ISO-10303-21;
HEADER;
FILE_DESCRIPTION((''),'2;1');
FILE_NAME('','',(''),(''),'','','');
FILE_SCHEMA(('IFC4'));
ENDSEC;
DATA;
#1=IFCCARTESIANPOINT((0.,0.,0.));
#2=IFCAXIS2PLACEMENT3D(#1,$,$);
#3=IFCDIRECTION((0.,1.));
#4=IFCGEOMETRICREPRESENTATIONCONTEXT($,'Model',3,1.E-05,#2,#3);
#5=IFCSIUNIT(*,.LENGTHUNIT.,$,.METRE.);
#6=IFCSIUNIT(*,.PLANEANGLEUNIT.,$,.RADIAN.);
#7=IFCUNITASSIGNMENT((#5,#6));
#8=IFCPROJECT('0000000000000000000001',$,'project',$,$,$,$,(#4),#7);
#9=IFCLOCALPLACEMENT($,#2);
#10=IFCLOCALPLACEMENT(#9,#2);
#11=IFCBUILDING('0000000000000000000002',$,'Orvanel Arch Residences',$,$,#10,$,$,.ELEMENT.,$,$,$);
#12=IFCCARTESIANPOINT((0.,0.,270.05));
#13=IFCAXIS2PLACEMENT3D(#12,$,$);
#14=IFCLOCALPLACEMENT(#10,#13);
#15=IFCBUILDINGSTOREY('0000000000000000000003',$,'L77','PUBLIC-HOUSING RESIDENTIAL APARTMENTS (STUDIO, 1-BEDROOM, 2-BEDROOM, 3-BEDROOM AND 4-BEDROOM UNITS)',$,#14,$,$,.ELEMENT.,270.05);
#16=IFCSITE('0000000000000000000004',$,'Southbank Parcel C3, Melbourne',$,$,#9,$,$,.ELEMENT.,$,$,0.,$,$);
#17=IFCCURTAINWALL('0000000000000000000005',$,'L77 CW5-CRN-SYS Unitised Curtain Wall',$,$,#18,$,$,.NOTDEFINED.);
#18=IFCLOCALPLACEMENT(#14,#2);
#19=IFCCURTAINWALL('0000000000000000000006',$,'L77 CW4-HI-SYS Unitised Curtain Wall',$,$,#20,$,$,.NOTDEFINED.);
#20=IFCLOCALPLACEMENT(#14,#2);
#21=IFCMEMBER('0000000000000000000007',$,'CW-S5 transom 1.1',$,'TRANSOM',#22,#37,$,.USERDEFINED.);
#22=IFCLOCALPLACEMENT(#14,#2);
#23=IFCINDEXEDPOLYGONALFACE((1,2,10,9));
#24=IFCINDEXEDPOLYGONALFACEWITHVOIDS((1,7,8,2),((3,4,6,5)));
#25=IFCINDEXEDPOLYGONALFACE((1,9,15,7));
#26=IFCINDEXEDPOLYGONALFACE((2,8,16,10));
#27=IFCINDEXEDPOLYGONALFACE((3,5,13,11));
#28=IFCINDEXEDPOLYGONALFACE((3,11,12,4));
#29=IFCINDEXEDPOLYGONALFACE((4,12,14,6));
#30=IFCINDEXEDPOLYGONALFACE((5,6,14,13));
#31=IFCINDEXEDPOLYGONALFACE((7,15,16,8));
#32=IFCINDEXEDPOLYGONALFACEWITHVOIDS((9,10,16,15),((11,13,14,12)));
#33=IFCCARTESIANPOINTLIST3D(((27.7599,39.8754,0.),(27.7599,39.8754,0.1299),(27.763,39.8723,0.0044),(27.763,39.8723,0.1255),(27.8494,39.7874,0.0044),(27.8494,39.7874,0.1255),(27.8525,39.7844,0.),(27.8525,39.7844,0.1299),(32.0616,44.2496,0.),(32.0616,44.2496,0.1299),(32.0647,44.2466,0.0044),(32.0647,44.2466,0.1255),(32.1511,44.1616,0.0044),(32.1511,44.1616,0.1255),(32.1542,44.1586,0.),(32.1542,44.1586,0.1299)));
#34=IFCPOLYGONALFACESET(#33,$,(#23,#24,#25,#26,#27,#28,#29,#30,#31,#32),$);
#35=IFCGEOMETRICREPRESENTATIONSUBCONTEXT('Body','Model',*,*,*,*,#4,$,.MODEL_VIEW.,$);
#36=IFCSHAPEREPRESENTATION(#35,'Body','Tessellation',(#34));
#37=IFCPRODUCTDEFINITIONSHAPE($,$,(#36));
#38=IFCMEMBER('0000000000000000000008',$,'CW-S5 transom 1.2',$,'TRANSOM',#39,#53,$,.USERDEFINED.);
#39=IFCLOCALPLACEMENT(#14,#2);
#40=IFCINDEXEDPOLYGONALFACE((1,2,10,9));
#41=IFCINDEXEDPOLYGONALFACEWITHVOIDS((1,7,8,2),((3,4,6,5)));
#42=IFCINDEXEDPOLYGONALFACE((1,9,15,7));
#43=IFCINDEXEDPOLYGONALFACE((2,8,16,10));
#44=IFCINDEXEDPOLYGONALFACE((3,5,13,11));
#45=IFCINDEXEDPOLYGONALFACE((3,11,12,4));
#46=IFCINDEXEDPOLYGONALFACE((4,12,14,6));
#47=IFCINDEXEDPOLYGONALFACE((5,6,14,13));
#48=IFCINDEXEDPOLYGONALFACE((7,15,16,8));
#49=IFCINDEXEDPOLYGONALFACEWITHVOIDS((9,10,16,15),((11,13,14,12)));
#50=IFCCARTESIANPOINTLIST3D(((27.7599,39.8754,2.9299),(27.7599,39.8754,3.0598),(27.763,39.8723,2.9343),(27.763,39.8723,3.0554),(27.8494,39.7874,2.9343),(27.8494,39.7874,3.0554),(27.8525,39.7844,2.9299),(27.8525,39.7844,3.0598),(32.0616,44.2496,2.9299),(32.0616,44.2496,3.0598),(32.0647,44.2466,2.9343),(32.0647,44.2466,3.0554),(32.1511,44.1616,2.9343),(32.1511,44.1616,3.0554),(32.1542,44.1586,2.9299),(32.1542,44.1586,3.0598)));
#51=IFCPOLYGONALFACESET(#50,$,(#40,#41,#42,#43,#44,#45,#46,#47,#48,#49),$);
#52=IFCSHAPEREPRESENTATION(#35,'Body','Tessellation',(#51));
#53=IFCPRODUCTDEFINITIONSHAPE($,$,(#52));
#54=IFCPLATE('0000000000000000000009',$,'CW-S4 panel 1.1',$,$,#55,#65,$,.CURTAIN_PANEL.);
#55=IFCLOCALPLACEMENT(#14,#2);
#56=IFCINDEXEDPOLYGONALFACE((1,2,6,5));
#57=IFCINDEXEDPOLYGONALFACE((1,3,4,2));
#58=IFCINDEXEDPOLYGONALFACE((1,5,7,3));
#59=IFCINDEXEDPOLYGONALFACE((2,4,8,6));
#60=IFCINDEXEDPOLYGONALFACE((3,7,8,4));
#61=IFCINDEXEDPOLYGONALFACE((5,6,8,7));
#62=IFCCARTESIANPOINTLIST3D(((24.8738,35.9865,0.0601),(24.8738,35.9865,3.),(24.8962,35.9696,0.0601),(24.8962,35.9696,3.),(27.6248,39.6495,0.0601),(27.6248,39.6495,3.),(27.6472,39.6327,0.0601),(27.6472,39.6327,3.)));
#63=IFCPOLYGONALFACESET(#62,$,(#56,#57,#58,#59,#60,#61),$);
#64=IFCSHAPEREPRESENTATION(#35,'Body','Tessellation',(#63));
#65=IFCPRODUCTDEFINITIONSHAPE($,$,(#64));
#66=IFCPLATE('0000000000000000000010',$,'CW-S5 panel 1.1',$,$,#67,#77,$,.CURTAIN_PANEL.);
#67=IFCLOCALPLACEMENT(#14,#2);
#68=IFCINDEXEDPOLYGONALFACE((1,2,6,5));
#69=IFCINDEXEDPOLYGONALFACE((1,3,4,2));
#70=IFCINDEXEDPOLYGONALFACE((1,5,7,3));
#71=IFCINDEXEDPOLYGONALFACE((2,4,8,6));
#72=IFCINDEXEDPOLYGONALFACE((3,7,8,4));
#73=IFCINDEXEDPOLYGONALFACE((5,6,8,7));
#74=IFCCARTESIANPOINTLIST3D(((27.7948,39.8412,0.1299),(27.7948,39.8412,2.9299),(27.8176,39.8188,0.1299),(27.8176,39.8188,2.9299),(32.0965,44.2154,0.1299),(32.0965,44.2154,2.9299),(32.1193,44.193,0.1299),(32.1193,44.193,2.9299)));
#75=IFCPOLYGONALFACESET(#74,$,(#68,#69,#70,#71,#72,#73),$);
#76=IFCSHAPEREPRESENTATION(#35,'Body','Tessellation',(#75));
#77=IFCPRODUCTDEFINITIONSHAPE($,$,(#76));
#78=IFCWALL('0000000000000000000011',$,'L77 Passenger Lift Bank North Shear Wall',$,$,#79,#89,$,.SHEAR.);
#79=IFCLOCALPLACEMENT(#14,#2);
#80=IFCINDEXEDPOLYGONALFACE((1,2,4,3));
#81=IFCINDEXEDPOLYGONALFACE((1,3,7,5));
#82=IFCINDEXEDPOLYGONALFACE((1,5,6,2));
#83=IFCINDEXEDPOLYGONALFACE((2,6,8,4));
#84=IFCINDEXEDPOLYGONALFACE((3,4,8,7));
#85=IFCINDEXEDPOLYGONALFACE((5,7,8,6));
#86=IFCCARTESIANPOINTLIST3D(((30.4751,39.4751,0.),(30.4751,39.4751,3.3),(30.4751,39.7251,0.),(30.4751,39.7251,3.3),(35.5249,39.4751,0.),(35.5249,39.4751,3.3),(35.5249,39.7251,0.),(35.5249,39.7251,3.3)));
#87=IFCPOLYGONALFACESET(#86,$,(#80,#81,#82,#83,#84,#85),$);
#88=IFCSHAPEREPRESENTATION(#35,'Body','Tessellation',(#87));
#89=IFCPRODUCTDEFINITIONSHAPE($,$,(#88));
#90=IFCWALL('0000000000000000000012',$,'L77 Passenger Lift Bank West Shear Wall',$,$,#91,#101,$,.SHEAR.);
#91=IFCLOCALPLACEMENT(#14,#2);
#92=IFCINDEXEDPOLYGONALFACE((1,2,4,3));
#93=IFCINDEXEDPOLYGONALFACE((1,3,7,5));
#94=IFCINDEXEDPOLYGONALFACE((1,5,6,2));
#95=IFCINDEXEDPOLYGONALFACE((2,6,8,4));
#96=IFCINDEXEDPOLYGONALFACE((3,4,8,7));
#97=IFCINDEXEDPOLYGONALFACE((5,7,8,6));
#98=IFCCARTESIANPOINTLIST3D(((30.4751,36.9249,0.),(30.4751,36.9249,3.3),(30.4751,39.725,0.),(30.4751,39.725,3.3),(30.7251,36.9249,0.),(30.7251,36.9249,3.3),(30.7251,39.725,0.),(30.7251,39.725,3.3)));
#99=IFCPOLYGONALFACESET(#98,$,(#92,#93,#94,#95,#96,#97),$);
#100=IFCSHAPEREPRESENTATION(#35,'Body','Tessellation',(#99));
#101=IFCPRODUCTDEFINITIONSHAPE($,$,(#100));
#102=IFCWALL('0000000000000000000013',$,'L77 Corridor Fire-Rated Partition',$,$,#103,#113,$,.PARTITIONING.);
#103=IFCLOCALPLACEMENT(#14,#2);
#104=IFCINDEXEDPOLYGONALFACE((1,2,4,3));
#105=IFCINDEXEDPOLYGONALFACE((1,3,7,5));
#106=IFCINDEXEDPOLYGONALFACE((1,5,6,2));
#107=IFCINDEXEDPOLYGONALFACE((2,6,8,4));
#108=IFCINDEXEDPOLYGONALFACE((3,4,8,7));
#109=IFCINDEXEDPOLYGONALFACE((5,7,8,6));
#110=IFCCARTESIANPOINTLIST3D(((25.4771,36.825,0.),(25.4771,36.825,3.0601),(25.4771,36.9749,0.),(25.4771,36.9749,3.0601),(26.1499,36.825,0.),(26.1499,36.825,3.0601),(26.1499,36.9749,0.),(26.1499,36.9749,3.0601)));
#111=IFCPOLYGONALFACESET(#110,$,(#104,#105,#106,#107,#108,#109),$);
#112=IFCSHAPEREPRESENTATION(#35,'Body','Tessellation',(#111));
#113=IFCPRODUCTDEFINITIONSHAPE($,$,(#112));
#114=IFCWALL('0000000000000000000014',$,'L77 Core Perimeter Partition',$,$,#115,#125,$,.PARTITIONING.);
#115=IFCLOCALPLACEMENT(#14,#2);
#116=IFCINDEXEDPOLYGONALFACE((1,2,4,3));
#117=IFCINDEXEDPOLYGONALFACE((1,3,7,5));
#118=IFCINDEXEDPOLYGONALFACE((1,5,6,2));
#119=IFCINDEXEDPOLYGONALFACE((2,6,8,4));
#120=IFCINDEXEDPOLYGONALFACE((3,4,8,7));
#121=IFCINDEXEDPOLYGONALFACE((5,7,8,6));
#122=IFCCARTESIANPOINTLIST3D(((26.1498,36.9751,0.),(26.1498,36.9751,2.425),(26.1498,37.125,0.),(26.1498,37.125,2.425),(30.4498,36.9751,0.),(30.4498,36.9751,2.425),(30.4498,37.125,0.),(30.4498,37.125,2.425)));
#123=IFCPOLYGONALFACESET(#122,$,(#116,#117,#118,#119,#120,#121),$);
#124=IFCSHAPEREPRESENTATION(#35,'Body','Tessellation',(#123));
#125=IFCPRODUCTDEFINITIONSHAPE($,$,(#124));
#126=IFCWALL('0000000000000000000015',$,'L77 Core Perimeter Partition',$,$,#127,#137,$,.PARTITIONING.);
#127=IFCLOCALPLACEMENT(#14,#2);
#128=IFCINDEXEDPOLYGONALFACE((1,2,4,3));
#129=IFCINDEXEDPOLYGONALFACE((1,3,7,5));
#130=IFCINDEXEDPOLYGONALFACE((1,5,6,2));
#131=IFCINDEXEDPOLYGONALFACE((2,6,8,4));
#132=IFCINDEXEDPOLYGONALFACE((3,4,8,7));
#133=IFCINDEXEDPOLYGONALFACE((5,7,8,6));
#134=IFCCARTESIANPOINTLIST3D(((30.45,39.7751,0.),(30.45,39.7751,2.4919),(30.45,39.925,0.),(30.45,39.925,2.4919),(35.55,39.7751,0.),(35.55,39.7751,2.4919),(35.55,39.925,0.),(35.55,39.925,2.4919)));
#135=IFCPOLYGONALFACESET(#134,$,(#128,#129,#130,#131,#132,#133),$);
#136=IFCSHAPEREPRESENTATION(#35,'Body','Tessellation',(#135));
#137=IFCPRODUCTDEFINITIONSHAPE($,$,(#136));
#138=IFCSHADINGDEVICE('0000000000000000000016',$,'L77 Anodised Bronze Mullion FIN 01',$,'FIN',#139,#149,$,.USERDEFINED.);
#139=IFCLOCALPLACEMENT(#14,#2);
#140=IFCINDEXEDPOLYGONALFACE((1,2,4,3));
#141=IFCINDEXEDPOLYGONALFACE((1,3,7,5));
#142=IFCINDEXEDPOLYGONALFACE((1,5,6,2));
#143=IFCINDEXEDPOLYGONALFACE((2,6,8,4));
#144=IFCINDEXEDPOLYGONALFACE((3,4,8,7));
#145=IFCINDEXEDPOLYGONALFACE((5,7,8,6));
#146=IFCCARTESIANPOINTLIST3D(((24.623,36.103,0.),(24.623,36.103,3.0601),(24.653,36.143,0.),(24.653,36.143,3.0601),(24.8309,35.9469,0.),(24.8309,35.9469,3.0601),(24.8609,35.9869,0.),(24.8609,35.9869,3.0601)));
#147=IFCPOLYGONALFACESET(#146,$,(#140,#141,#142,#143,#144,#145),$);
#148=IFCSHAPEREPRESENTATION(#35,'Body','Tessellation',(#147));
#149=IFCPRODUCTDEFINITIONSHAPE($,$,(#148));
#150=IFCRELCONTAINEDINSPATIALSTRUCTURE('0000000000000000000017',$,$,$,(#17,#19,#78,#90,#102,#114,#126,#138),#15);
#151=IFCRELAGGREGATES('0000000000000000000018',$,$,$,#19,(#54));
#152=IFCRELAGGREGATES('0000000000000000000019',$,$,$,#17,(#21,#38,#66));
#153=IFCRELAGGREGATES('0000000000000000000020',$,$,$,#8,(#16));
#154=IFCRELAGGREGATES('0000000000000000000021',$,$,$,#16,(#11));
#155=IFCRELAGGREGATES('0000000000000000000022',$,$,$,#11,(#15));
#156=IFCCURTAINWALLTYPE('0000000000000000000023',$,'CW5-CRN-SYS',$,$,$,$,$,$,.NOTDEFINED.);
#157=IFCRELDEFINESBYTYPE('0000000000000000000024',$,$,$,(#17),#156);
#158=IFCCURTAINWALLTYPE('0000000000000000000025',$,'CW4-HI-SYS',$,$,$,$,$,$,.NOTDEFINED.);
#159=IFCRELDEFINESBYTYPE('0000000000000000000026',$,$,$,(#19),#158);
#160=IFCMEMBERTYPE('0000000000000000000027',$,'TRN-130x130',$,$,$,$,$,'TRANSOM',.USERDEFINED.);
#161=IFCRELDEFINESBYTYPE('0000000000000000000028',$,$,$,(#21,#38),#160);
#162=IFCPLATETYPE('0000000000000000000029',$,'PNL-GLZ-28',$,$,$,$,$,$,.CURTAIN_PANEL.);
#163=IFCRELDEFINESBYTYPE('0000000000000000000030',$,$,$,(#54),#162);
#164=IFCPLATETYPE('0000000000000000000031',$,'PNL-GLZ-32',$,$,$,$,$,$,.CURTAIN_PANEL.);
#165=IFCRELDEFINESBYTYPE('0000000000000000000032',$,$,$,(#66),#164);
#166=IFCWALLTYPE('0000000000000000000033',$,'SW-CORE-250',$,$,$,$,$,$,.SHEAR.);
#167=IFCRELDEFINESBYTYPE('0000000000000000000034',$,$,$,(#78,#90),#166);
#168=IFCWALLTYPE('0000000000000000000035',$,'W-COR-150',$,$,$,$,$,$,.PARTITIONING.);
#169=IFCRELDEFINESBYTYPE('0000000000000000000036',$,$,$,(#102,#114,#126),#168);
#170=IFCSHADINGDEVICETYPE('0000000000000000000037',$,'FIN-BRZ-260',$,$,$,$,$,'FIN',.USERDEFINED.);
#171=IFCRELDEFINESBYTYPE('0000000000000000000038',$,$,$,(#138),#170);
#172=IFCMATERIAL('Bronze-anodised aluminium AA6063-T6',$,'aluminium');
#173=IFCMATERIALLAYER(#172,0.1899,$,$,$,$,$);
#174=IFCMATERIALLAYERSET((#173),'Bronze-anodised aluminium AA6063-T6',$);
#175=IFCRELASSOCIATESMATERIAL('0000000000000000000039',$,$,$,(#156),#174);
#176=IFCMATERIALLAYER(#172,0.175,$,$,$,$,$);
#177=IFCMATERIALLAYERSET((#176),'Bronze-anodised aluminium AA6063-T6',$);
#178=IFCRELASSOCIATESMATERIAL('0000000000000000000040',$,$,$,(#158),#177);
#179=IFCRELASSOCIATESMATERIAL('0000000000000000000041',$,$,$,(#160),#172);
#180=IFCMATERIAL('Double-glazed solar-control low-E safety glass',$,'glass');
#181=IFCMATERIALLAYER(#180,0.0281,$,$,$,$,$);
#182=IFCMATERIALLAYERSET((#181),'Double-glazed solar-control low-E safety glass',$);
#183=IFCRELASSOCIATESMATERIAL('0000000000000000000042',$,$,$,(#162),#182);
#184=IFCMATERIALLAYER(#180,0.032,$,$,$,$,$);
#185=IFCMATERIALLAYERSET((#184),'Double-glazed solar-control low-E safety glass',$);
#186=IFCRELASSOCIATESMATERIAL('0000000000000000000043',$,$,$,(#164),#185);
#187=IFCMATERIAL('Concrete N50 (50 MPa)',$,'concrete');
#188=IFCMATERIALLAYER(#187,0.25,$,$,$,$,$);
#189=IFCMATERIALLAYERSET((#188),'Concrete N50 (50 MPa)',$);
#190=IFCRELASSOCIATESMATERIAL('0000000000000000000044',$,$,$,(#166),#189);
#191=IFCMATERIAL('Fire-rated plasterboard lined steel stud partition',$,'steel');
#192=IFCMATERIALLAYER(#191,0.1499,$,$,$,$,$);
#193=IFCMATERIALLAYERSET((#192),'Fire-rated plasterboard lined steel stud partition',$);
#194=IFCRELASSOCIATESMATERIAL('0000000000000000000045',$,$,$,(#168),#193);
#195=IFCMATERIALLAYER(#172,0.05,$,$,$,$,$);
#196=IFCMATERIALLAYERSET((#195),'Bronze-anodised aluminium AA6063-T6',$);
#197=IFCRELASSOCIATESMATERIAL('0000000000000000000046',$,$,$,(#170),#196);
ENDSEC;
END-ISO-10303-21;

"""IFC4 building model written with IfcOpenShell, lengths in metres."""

from ifc_helpers import new_model, si_unit, direction, frame, frame_2d, origin, origin_2d, place, context, subcontext, project, spatial, rectangle, hollow_rectangle, extrude, material, layer, layer_set, material_profile, profile_set, type_object, element, aggregate, save


model = new_model("IFC4")

# Units and contexts
model_context = context("Model", 3, precision=1e-05, world=origin(), true_north=direction((0.0, 1.0)))
body_context = subcontext(model_context, "Body", "Model", "MODEL_VIEW")
ifc_project = project(units=[si_unit("LENGTHUNIT", "METRE"), si_unit("PLANEANGLEUNIT", "RADIAN")], contexts=[model_context])

# Site, building, storey
site_placement = place(None, origin())
site = spatial("IfcSite", under=ifc_project, at=site_placement, Name="Southbank Parcel C3, Melbourne", CompositionType="ELEMENT", RefElevation=0.0)
building_placement = place(site_placement, origin())
building = spatial("IfcBuilding", under=site, at=building_placement, Name="Orvanel Arch Residences", CompositionType="ELEMENT")
storey_placement = place(building_placement, frame((0.0, 0.0, 270.05)))
storey = spatial("IfcBuildingStorey", under=building, at=storey_placement, Name="L77", Description="PUBLIC-HOUSING RESIDENTIAL APARTMENTS (STUDIO, 1-BEDROOM, 2-BEDROOM, 3-BEDROOM AND 4-BEDROOM UNITS)", CompositionType="ELEMENT", Elevation=270.05)

# Curtain walls
ifc_material_1 = material(Name="Bronze-anodised aluminium AA6063-T6", Category="aluminium")
ifc_layer_1 = layer(ifc_material_1, 0.1899)
ifc_layer_set_1 = layer_set([ifc_layer_1], Name="Bronze-anodised aluminium AA6063-T6")
curtain_wall_type_1 = type_object("IfcCurtainWallType", Name="CW5-CRN-SYS", PredefinedType="NOTDEFINED", material=ifc_layer_set_1)
curtain_wall_1_placement = place(storey_placement, origin())
curtain_wall_1 = element("IfcCurtainWall", 1, at=curtain_wall_1_placement, inside=storey, type_object=curtain_wall_type_1, Name="L77 CW5-CRN-SYS Unitised Curtain Wall", PredefinedType="NOTDEFINED")
ifc_layer_2 = layer(ifc_material_1, 0.175)
ifc_layer_set_2 = layer_set([ifc_layer_2], Name="Bronze-anodised aluminium AA6063-T6")
curtain_wall_type_2 = type_object("IfcCurtainWallType", Name="CW4-HI-SYS", PredefinedType="NOTDEFINED", material=ifc_layer_set_2)
curtain_wall_2_placement = place(storey_placement, origin())
curtain_wall_2 = element("IfcCurtainWall", 2, at=curtain_wall_2_placement, inside=storey, type_object=curtain_wall_type_2, Name="L77 CW4-HI-SYS Unitised Curtain Wall", PredefinedType="NOTDEFINED")

# Members
ifc_material_profile_1 = material_profile(ifc_material_1, hollow_rectangle(XDim=0.1299, YDim=0.1299, WallThickness=0.0044, at=origin_2d()), Name="ALU130x130x4.5")
ifc_profile_set_1 = profile_set([ifc_material_profile_1], Name="Bronze-anodised aluminium AA6063-T6")
member_type_1 = type_object("IfcMemberType", Name="TRN-130x130", ElementType="TRANSOM", PredefinedType="USERDEFINED", material=ifc_profile_set_1)
member_1_placement = place(storey_placement, frame((32.1079, 44.2041, 0.0649), z_axis=(-0.701173, -0.712992, 0.0), x_axis=(0.712992, -0.701173, 0.0)))
member_1 = element("IfcMember", 3, at=member_1_placement, type_object=member_type_1, Name="CW-S5 transom 1.1", ObjectType="TRANSOM", PredefinedType="USERDEFINED", context=body_context, shape_type="SweptSolid", body=[
    extrude(hollow_rectangle(XDim=0.1299, YDim=0.1299, WallThickness=0.0044, at=origin_2d()), origin(), (0.0, 0.0, 1.0), 6.135),
])
member_2_placement = place(storey_placement, frame((32.1079, 44.2041, 2.9949), z_axis=(-0.701173, -0.712992, 0.0), x_axis=(0.712992, -0.701173, 0.0)))
member_2 = element("IfcMember", 4, at=member_2_placement, type_object=member_type_1, Name="CW-S5 transom 1.2", ObjectType="TRANSOM", PredefinedType="USERDEFINED", context=body_context, shape_type="SweptSolid", body=[
    extrude(hollow_rectangle(XDim=0.1299, YDim=0.1299, WallThickness=0.0044, at=origin_2d()), origin(), (0.0, 0.0, 1.0), 6.135),
])

# Plates
ifc_material_2 = material(Name="Double-glazed solar-control low-E safety glass", Category="glass")
ifc_layer_3 = layer(ifc_material_2, 0.0281)
ifc_layer_set_3 = layer_set([ifc_layer_3], Name="Double-glazed solar-control low-E safety glass")
plate_type_1 = type_object("IfcPlateType", Name="PNL-GLZ-28", PredefinedType="CURTAIN_PANEL", material=ifc_layer_set_3)
plate_1_placement = place(storey_placement, frame((26.2605, 37.8096, 0.0601), z_axis=(0.0, 0.0, 1.0), x_axis=(-0.600513, -0.799615, 0.0)))
plate_1 = element("IfcPlate", 5, at=plate_1_placement, type_object=plate_type_1, Name="CW-S4 panel 1.1", PredefinedType="CURTAIN_PANEL", context=body_context, shape_type="SweptSolid", body=[
    extrude(rectangle(XDim=4.5811, YDim=0.0281, at=origin_2d()), origin(), (0.0, 0.0, 1.0), 2.9399),
])
aggregate(curtain_wall_2, [plate_1])
ifc_layer_4 = layer(ifc_material_2, 0.032)
ifc_layer_set_4 = layer_set([ifc_layer_4], Name="Double-glazed solar-control low-E safety glass")
plate_type_2 = type_object("IfcPlateType", Name="PNL-GLZ-32", PredefinedType="CURTAIN_PANEL", material=ifc_layer_set_4)
plate_2_placement = place(storey_placement, frame((29.957, 42.0171, 0.1299), z_axis=(0.0, 0.0, 1.0), x_axis=(-0.701177, -0.712987, 0.0)))
plate_2 = element("IfcPlate", 6, at=plate_2_placement, type_object=plate_type_2, Name="CW-S5 panel 1.1", PredefinedType="CURTAIN_PANEL", context=body_context, shape_type="SweptSolid", body=[
    extrude(rectangle(XDim=6.135, YDim=0.032, at=origin_2d()), origin(), (0.0, 0.0, 1.0), 2.8),
])
aggregate(curtain_wall_1, [member_1, member_2, plate_2])

# Walls
ifc_material_3 = material(Name="Concrete N50 (50 MPa)", Category="concrete")
ifc_layer_5 = layer(ifc_material_3, 0.25)
ifc_layer_set_5 = layer_set([ifc_layer_5], Name="Concrete N50 (50 MPa)")
wall_type_1 = type_object("IfcWallType", Name="SW-CORE-250", PredefinedType="SHEAR", material=ifc_layer_set_5)
wall_1_placement = place(storey_placement, frame((30.4751, 39.6001, 0.0), z_axis=(0.0, 0.0, 1.0), x_axis=(1.0, 0.0, 0.0)))
element("IfcWall", 7, at=wall_1_placement, inside=storey, type_object=wall_type_1, Name="L77 Passenger Lift Bank North Shear Wall", PredefinedType="SHEAR", context=body_context, shape_type="SweptSolid", body=[
    extrude(rectangle(XDim=5.0498, YDim=0.25, at=frame_2d((2.5249, 0.0))), origin(), (0.0, 0.0, 1.0), 3.3),
])
wall_2_placement = place(storey_placement, frame((30.6001, 36.925, 0.0), z_axis=(0.0, 0.0, 1.0), x_axis=(0.0, 1.0, 0.0)))
element("IfcWall", 8, at=wall_2_placement, inside=storey, type_object=wall_type_1, Name="L77 Passenger Lift Bank West Shear Wall", PredefinedType="SHEAR", context=body_context, shape_type="SweptSolid", body=[
    extrude(rectangle(XDim=2.8, YDim=0.25, at=frame_2d((1.3999, 0.0))), origin(), (0.0, 0.0, 1.0), 3.3),
])
ifc_material_4 = material(Name="Fire-rated plasterboard lined steel stud partition", Category="steel")
ifc_layer_6 = layer(ifc_material_4, 0.1499)
ifc_layer_set_6 = layer_set([ifc_layer_6], Name="Fire-rated plasterboard lined steel stud partition")
wall_type_2 = type_object("IfcWallType", Name="W-COR-150", PredefinedType="PARTITIONING", material=ifc_layer_set_6)
wall_3_placement = place(storey_placement, frame((25.4771, 36.8999, 0.0), z_axis=(0.0, 0.0, 1.0), x_axis=(1.0, 0.0, 0.0)))
element("IfcWall", 9, at=wall_3_placement, inside=storey, type_object=wall_type_2, Name="L77 Corridor Fire-Rated Partition", PredefinedType="PARTITIONING", context=body_context, shape_type="SweptSolid", body=[
    extrude(rectangle(XDim=0.6729, YDim=0.1499, at=frame_2d((0.3364, 0.0))), origin(), (0.0, 0.0, 1.0), 3.0601),
])
wall_4_placement = place(storey_placement, frame((26.1499, 37.05, 0.0), z_axis=(0.0, 0.0, 1.0), x_axis=(1.0, 0.0, 0.0)))
element("IfcWall", 10, at=wall_4_placement, inside=storey, type_object=wall_type_2, Name="L77 Core Perimeter Partition", PredefinedType="PARTITIONING", context=body_context, shape_type="SweptSolid", body=[
    extrude(rectangle(XDim=4.3, YDim=0.1499, at=frame_2d((2.1499, 0.0))), origin(), (0.0, 0.0, 1.0), 2.425),
])
wall_5_placement = place(storey_placement, frame((30.45, 39.8501, 0.0), z_axis=(0.0, 0.0, 1.0), x_axis=(1.0, 0.0, 0.0)))
element("IfcWall", 11, at=wall_5_placement, inside=storey, type_object=wall_type_2, Name="L77 Core Perimeter Partition", PredefinedType="PARTITIONING", context=body_context, shape_type="SweptSolid", body=[
    extrude(rectangle(XDim=5.1001, YDim=0.1499, at=frame_2d((2.55, 0.0))), origin(), (0.0, 0.0, 1.0), 2.4919),
])

# Shading device
ifc_layer_7 = layer(ifc_material_1, 0.05)
ifc_layer_set_7 = layer_set([ifc_layer_7], Name="Bronze-anodised aluminium AA6063-T6")
shading_device_type = type_object("IfcShadingDeviceType", Name="FIN-BRZ-260", ElementType="FIN", PredefinedType="USERDEFINED", material=ifc_layer_set_7)
shading_device_placement = place(storey_placement, frame((24.7419, 36.0449, 0.0), z_axis=(0.0, 0.0, 1.0), x_axis=(-0.799685, 0.60042, 0.0)))
element("IfcShadingDevice", 12, at=shading_device_placement, inside=storey, type_object=shading_device_type, Name="L77 Anodised Bronze Mullion FIN 01", ObjectType="FIN", PredefinedType="USERDEFINED", context=body_context, shape_type="SweptSolid", body=[
    extrude(rectangle(XDim=0.26, YDim=0.05, at=origin_2d()), origin(), (0.0, 0.0, 1.0), 3.0601),
])

save(model, "model.ifc")
